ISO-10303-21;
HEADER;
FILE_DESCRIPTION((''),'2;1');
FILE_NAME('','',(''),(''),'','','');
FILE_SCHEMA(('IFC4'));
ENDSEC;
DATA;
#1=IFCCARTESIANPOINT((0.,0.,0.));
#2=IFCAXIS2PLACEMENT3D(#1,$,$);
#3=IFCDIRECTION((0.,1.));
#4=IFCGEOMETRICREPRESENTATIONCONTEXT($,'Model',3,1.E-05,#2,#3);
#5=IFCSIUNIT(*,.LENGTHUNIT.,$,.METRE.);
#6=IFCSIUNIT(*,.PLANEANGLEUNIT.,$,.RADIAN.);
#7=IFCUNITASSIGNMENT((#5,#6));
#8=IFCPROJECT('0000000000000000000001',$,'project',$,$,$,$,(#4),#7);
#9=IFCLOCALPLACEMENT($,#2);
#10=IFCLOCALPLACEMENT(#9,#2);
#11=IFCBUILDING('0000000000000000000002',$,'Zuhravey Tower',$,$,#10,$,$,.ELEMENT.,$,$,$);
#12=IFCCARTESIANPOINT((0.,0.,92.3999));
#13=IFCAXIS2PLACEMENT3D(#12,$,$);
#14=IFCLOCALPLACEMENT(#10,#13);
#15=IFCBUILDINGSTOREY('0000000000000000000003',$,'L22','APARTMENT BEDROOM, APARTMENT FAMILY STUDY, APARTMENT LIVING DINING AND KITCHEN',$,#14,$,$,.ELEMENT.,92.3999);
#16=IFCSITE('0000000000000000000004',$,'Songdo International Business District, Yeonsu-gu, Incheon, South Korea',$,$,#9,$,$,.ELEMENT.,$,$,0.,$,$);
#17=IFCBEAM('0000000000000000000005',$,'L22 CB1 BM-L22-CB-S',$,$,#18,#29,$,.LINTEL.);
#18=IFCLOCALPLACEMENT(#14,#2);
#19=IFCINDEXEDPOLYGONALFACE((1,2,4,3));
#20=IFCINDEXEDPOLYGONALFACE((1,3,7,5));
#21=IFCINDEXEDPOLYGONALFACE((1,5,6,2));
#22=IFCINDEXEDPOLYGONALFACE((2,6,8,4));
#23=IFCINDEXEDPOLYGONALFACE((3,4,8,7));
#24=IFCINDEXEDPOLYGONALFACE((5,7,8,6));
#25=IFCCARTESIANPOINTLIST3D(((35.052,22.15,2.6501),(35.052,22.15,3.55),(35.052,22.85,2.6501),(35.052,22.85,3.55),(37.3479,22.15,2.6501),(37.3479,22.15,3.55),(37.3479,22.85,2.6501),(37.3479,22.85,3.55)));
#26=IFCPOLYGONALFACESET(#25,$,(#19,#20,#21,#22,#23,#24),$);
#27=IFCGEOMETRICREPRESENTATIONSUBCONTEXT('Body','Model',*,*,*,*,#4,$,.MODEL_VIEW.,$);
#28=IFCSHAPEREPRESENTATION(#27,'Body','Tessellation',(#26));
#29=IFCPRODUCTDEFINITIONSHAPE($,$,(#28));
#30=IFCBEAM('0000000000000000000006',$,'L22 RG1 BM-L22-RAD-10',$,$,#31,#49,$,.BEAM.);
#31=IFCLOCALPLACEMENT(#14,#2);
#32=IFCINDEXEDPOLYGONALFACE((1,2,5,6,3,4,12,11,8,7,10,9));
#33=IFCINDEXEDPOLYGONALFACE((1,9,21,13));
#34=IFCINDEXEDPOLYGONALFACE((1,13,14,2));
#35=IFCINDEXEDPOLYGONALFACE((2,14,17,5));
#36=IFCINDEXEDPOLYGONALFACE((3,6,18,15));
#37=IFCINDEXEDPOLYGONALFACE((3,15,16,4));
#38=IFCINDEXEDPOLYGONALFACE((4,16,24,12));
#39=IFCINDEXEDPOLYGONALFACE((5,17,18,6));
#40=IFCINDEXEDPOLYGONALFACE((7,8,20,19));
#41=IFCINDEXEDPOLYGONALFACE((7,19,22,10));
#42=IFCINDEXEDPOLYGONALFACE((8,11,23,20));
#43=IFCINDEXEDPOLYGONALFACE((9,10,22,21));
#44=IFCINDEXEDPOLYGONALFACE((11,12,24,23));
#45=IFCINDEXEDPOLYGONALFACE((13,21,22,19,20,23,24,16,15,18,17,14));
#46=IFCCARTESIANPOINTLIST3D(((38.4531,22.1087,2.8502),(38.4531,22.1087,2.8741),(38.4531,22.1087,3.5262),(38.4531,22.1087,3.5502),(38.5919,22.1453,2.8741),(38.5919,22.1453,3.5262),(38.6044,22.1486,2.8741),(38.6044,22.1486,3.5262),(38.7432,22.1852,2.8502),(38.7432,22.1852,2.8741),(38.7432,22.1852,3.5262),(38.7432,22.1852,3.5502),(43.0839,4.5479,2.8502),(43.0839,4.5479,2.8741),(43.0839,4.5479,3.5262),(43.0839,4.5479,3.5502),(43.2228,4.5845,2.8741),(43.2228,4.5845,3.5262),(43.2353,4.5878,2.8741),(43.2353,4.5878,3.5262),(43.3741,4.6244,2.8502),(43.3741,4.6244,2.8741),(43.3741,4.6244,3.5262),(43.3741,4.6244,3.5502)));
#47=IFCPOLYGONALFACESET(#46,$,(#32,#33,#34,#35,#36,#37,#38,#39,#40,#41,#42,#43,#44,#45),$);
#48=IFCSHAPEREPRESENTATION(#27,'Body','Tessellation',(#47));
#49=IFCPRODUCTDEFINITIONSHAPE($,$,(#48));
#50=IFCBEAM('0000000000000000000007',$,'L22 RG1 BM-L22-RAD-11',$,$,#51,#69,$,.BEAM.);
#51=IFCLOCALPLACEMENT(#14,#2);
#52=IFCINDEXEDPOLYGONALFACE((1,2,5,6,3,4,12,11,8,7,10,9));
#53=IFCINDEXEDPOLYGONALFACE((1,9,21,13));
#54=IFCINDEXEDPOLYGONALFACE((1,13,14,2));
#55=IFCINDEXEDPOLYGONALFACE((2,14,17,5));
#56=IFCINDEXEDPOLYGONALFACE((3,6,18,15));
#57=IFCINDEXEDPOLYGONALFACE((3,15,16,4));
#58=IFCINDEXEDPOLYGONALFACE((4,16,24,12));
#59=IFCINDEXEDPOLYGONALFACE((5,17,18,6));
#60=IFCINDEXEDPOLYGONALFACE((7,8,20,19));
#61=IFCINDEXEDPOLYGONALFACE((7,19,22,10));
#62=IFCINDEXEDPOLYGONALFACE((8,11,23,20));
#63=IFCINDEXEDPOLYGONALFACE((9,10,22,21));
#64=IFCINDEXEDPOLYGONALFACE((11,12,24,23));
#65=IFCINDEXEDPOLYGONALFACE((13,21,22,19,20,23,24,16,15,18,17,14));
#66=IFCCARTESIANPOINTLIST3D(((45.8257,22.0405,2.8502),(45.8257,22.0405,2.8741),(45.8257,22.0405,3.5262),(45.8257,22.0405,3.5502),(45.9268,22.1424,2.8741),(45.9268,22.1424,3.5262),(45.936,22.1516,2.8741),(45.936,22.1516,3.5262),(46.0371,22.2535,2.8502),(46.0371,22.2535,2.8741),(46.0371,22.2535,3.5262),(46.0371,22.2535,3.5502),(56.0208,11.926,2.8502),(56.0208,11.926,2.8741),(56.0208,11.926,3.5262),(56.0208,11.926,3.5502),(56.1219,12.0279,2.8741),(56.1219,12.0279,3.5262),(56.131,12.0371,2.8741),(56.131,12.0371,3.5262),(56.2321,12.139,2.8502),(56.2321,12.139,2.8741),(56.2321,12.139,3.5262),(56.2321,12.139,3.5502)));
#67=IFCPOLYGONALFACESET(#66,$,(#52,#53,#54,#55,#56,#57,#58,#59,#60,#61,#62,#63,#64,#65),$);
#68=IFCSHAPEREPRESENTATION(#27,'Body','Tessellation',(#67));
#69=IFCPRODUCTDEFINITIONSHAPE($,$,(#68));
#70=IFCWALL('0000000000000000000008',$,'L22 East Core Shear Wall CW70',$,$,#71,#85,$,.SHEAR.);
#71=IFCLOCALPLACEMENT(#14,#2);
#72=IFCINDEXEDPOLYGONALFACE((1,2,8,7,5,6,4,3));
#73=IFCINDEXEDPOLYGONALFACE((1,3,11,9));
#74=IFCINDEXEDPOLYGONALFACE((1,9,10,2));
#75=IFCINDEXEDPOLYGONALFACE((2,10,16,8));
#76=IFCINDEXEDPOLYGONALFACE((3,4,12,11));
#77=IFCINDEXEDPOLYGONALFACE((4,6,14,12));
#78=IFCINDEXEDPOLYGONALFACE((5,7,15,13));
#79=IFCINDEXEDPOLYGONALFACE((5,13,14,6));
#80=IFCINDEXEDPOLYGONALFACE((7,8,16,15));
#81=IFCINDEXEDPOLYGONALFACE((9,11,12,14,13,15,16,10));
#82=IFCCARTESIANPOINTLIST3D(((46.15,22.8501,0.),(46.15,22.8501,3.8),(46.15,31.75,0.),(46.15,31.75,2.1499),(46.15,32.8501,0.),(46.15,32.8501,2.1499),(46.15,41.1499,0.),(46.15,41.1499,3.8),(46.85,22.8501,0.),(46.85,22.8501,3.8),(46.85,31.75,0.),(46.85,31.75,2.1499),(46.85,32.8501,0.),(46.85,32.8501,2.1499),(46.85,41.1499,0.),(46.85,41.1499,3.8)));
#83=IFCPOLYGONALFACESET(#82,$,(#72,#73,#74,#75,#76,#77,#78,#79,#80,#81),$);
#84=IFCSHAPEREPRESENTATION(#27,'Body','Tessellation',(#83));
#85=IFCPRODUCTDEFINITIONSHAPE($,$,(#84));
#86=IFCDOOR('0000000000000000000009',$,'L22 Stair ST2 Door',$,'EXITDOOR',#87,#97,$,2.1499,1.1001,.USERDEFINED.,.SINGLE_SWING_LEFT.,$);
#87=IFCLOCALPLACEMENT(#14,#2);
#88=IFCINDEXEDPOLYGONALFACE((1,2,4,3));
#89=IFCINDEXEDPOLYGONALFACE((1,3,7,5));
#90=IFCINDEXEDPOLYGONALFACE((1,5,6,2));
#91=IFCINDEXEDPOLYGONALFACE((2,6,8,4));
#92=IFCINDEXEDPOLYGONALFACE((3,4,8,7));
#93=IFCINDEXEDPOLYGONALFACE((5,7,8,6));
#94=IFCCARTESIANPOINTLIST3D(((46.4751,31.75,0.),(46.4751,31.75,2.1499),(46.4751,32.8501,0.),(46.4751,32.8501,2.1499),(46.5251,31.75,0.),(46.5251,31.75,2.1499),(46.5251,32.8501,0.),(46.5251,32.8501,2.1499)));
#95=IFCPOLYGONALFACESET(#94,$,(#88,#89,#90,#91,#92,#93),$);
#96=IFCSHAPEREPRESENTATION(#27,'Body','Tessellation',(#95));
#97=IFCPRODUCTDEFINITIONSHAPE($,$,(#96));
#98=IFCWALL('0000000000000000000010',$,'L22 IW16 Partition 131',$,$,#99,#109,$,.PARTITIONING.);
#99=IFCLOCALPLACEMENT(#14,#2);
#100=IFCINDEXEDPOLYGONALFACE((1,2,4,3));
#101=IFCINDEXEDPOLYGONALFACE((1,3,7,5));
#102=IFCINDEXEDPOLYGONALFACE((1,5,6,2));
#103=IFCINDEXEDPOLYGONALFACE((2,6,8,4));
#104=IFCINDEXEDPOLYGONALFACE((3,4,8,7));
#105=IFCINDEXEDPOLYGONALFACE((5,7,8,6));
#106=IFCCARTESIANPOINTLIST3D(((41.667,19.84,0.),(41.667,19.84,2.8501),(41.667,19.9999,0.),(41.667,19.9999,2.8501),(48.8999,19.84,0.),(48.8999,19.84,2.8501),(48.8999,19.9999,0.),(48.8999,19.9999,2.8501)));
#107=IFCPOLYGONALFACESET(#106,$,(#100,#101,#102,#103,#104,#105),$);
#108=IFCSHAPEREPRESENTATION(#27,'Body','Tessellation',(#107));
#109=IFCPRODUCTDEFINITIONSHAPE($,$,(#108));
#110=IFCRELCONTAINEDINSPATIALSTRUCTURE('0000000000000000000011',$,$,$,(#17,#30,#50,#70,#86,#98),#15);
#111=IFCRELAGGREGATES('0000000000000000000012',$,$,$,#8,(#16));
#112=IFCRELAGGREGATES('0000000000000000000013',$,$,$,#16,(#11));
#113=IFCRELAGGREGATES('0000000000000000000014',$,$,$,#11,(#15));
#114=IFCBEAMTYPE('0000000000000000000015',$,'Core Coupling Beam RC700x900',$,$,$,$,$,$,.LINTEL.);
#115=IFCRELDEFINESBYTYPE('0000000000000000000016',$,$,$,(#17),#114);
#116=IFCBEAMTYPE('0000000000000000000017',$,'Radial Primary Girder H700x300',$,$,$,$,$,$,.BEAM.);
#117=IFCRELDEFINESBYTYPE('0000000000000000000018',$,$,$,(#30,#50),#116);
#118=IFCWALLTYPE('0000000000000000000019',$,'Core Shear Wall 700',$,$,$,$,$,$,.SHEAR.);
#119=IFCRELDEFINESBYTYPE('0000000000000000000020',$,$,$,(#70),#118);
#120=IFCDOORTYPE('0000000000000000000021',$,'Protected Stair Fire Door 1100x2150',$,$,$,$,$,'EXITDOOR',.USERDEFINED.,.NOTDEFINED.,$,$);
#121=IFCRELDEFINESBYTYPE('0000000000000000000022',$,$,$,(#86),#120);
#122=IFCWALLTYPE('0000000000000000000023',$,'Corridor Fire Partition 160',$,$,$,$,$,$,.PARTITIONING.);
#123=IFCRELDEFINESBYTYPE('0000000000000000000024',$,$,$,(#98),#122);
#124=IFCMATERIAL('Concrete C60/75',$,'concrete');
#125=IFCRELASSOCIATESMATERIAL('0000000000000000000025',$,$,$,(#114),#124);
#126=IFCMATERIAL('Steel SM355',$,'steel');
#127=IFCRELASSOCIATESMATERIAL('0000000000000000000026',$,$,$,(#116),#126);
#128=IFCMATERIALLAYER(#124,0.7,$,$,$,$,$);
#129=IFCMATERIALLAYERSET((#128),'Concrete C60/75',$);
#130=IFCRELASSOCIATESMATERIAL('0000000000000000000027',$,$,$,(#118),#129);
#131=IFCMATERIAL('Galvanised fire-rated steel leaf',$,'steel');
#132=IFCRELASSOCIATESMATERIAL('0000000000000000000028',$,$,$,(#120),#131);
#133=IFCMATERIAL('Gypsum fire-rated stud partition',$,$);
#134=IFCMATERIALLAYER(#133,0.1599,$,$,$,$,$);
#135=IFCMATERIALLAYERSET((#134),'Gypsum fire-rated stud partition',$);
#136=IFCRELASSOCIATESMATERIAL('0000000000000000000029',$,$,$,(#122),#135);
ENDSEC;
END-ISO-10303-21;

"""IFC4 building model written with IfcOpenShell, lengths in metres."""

from ifc_helpers import new_model, si_unit, direction, frame, frame_2d, origin, origin_2d, place, context, subcontext, project, spatial, rectangle, i_section, extrude, material, layer, layer_set, material_profile, profile_set, type_object, element, fill, save


model = new_model("IFC4")

# Units and contexts
model_context = context("Model", 3, precision=1e-05, world=origin(), true_north=direction((0.0, 1.0)))
body_context = subcontext(model_context, "Body", "Model", "MODEL_VIEW")
ifc_project = project(units=[si_unit("LENGTHUNIT", "METRE"), si_unit("PLANEANGLEUNIT", "RADIAN")], contexts=[model_context])

# Site, building, storey
site_placement = place(None, origin())
site = spatial("IfcSite", under=ifc_project, at=site_placement, Name="Songdo International Business District, Yeonsu-gu, Incheon, South Korea", CompositionType="ELEMENT", RefElevation=0.0)
building_placement = place(site_placement, origin())
building = spatial("IfcBuilding", under=site, at=building_placement, Name="Zuhravey Tower", CompositionType="ELEMENT")
storey_placement = place(building_placement, frame((0.0, 0.0, 92.3999)))
storey = spatial("IfcBuildingStorey", under=building, at=storey_placement, Name="L22", Description="APARTMENT BEDROOM, APARTMENT FAMILY STUDY, APARTMENT LIVING DINING AND KITCHEN", CompositionType="ELEMENT", Elevation=92.3999)

# Beams
ifc_material_1 = material(Name="Concrete C60/75", Category="concrete")
ifc_material_profile_1 = material_profile(ifc_material_1, rectangle(XDim=0.7, YDim=0.8999, at=origin_2d()), Name="RC-700x900")
ifc_profile_set_1 = profile_set([ifc_material_profile_1], Name="Concrete C60/75")
beam_type_1 = type_object("IfcBeamType", Name="Core Coupling Beam RC700x900", PredefinedType="LINTEL", material=ifc_profile_set_1)
beam_1_placement = place(storey_placement, frame((35.052, 22.5, 3.1001), z_axis=(1.0, 0.0, 0.0), x_axis=(0.0, 1.0, 0.0)))
element("IfcBeam", 1, at=beam_1_placement, inside=storey, type_object=beam_type_1, Name="L22 CB1 BM-L22-CB-S", PredefinedType="LINTEL", context=body_context, shape_type="SweptSolid", body=[
    extrude(rectangle(XDim=0.7, YDim=0.8999, at=origin_2d()), origin(), (0.0, 0.0, 1.0), 2.2959),
])
ifc_material_2 = material(Name="Steel SM355", Category="steel")
ifc_material_profile_2 = material_profile(ifc_material_2, i_section(OverallWidth=0.3, OverallDepth=0.7, WebThickness=0.0129, FlangeThickness=0.0239, at=origin_2d()), Name="H-700x300x13x24")
ifc_profile_set_2 = profile_set([ifc_material_profile_2], Name="Steel SM355")
beam_type_2 = type_object("IfcBeamType", Name="Radial Primary Girder H700x300", PredefinedType="BEAM", material=ifc_profile_set_2)
beam_2_placement = place(storey_placement, frame((38.5981, 22.147, 3.2002), z_axis=(0.254988, -0.966944, 0.0), x_axis=(0.966944, 0.254988, 0.0)))
element("IfcBeam", 2, at=beam_2_placement, inside=storey, type_object=beam_type_2, Name="L22 RG1 BM-L22-RAD-10", PredefinedType="BEAM", context=body_context, shape_type="SweptSolid", body=[
    extrude(i_section(OverallWidth=0.3, OverallDepth=0.7, WebThickness=0.0129, FlangeThickness=0.0239, at=origin_2d()), origin(), (0.0, 0.0, 1.0), 18.1611),
])
beam_3_placement = place(storey_placement, frame((45.9314, 22.147, 3.2002), z_axis=(0.709906, -0.704296, 0.0), x_axis=(0.704296, 0.709906, 0.0)))
element("IfcBeam", 3, at=beam_3_placement, inside=storey, type_object=beam_type_2, Name="L22 RG1 BM-L22-RAD-11", PredefinedType="BEAM", context=body_context, shape_type="SweptSolid", body=[
    extrude(i_section(OverallWidth=0.3, OverallDepth=0.7, WebThickness=0.0129, FlangeThickness=0.0239, at=origin_2d()), origin(), (0.0, 0.0, 1.0), 14.3611),
])

# Wall, opening, door
ifc_layer_1 = layer(ifc_material_1, 0.7)
ifc_layer_set_1 = layer_set([ifc_layer_1], Name="Concrete C60/75")
wall_type_1 = type_object("IfcWallType", Name="Core Shear Wall 700", PredefinedType="SHEAR", material=ifc_layer_set_1)
ifc_material_3 = material(Name="Galvanised fire-rated steel leaf", Category="steel")
wall_1_placement = place(storey_placement, frame((46.5, 22.8501, 0.0), z_axis=(0.0, 0.0, 1.0), x_axis=(0.0, 1.0, 0.0)))
wall_1 = element("IfcWall", 4, at=wall_1_placement, inside=storey, type_object=wall_type_1, Name="L22 East Core Shear Wall CW70", PredefinedType="SHEAR", context=body_context, shape_type="SweptSolid", body=[
    extrude(rectangle(XDim=18.2998, YDim=0.7, at=frame_2d((9.1499, 0.0))), origin(), (0.0, 0.0, 1.0), 3.8),
])
opening_1_placement = place(wall_1_placement, frame((8.8999, 0.0, 0.0)))
opening_1 = element("IfcOpeningElement", 5, at=opening_1_placement, cuts=wall_1, PredefinedType="OPENING", context=body_context, shape_type="SweptSolid", body=[
    extrude(rectangle(XDim=1.1001, YDim=2.1499, at=frame_2d((0.55, 1.075))), frame((0.0, 0.3621, 0.0), z_axis=(0.0, -1.0, 0.0), x_axis=(1.0, 0.0, 0.0)), (0.0, 0.0, 1.0), 0.7239),
])
door_type_1 = type_object("IfcDoorType", Name="Protected Stair Fire Door 1100x2150", ElementType="EXITDOOR", OperationType="NOTDEFINED", PredefinedType="USERDEFINED", material=ifc_material_3)
door_1_placement = place(opening_1_placement, origin())
door_1 = element("IfcDoor", 6, at=door_1_placement, inside=storey, type_object=door_type_1, Name="L22 Stair ST2 Door", ObjectType="EXITDOOR", OperationType="SINGLE_SWING_LEFT", OverallHeight=2.1499, OverallWidth=1.1001, PredefinedType="USERDEFINED", context=body_context, shape_type="SweptSolid", body=[
    extrude(rectangle(XDim=1.1001, YDim=2.1499, at=frame_2d((0.55, 1.075))), frame((0.0, 0.0249, 0.0), z_axis=(0.0, -1.0, 0.0), x_axis=(1.0, 0.0, 0.0)), (0.0, 0.0, 1.0), 0.05),
])
fill(opening_1, door_1)
ifc_material_4 = material(Name="Gypsum fire-rated stud partition")
ifc_layer_2 = layer(ifc_material_4, 0.1599)
ifc_layer_set_2 = layer_set([ifc_layer_2], Name="Gypsum fire-rated stud partition")
wall_type_2 = type_object("IfcWallType", Name="Corridor Fire Partition 160", PredefinedType="PARTITIONING", material=ifc_layer_set_2)

# Wall
wall_2_placement = place(storey_placement, frame((41.667, 19.9199, 0.0), z_axis=(0.0, 0.0, 1.0), x_axis=(1.0, 0.0, 0.0)))
element("IfcWall", 7, at=wall_2_placement, inside=storey, type_object=wall_type_2, Name="L22 IW16 Partition 131", PredefinedType="PARTITIONING", context=body_context, shape_type="SweptSolid", body=[
    extrude(rectangle(XDim=7.2329, YDim=0.1599, at=frame_2d((3.6165, 0.0))), origin(), (0.0, 0.0, 1.0), 2.8501),
])

save(model, "model.ifc")
